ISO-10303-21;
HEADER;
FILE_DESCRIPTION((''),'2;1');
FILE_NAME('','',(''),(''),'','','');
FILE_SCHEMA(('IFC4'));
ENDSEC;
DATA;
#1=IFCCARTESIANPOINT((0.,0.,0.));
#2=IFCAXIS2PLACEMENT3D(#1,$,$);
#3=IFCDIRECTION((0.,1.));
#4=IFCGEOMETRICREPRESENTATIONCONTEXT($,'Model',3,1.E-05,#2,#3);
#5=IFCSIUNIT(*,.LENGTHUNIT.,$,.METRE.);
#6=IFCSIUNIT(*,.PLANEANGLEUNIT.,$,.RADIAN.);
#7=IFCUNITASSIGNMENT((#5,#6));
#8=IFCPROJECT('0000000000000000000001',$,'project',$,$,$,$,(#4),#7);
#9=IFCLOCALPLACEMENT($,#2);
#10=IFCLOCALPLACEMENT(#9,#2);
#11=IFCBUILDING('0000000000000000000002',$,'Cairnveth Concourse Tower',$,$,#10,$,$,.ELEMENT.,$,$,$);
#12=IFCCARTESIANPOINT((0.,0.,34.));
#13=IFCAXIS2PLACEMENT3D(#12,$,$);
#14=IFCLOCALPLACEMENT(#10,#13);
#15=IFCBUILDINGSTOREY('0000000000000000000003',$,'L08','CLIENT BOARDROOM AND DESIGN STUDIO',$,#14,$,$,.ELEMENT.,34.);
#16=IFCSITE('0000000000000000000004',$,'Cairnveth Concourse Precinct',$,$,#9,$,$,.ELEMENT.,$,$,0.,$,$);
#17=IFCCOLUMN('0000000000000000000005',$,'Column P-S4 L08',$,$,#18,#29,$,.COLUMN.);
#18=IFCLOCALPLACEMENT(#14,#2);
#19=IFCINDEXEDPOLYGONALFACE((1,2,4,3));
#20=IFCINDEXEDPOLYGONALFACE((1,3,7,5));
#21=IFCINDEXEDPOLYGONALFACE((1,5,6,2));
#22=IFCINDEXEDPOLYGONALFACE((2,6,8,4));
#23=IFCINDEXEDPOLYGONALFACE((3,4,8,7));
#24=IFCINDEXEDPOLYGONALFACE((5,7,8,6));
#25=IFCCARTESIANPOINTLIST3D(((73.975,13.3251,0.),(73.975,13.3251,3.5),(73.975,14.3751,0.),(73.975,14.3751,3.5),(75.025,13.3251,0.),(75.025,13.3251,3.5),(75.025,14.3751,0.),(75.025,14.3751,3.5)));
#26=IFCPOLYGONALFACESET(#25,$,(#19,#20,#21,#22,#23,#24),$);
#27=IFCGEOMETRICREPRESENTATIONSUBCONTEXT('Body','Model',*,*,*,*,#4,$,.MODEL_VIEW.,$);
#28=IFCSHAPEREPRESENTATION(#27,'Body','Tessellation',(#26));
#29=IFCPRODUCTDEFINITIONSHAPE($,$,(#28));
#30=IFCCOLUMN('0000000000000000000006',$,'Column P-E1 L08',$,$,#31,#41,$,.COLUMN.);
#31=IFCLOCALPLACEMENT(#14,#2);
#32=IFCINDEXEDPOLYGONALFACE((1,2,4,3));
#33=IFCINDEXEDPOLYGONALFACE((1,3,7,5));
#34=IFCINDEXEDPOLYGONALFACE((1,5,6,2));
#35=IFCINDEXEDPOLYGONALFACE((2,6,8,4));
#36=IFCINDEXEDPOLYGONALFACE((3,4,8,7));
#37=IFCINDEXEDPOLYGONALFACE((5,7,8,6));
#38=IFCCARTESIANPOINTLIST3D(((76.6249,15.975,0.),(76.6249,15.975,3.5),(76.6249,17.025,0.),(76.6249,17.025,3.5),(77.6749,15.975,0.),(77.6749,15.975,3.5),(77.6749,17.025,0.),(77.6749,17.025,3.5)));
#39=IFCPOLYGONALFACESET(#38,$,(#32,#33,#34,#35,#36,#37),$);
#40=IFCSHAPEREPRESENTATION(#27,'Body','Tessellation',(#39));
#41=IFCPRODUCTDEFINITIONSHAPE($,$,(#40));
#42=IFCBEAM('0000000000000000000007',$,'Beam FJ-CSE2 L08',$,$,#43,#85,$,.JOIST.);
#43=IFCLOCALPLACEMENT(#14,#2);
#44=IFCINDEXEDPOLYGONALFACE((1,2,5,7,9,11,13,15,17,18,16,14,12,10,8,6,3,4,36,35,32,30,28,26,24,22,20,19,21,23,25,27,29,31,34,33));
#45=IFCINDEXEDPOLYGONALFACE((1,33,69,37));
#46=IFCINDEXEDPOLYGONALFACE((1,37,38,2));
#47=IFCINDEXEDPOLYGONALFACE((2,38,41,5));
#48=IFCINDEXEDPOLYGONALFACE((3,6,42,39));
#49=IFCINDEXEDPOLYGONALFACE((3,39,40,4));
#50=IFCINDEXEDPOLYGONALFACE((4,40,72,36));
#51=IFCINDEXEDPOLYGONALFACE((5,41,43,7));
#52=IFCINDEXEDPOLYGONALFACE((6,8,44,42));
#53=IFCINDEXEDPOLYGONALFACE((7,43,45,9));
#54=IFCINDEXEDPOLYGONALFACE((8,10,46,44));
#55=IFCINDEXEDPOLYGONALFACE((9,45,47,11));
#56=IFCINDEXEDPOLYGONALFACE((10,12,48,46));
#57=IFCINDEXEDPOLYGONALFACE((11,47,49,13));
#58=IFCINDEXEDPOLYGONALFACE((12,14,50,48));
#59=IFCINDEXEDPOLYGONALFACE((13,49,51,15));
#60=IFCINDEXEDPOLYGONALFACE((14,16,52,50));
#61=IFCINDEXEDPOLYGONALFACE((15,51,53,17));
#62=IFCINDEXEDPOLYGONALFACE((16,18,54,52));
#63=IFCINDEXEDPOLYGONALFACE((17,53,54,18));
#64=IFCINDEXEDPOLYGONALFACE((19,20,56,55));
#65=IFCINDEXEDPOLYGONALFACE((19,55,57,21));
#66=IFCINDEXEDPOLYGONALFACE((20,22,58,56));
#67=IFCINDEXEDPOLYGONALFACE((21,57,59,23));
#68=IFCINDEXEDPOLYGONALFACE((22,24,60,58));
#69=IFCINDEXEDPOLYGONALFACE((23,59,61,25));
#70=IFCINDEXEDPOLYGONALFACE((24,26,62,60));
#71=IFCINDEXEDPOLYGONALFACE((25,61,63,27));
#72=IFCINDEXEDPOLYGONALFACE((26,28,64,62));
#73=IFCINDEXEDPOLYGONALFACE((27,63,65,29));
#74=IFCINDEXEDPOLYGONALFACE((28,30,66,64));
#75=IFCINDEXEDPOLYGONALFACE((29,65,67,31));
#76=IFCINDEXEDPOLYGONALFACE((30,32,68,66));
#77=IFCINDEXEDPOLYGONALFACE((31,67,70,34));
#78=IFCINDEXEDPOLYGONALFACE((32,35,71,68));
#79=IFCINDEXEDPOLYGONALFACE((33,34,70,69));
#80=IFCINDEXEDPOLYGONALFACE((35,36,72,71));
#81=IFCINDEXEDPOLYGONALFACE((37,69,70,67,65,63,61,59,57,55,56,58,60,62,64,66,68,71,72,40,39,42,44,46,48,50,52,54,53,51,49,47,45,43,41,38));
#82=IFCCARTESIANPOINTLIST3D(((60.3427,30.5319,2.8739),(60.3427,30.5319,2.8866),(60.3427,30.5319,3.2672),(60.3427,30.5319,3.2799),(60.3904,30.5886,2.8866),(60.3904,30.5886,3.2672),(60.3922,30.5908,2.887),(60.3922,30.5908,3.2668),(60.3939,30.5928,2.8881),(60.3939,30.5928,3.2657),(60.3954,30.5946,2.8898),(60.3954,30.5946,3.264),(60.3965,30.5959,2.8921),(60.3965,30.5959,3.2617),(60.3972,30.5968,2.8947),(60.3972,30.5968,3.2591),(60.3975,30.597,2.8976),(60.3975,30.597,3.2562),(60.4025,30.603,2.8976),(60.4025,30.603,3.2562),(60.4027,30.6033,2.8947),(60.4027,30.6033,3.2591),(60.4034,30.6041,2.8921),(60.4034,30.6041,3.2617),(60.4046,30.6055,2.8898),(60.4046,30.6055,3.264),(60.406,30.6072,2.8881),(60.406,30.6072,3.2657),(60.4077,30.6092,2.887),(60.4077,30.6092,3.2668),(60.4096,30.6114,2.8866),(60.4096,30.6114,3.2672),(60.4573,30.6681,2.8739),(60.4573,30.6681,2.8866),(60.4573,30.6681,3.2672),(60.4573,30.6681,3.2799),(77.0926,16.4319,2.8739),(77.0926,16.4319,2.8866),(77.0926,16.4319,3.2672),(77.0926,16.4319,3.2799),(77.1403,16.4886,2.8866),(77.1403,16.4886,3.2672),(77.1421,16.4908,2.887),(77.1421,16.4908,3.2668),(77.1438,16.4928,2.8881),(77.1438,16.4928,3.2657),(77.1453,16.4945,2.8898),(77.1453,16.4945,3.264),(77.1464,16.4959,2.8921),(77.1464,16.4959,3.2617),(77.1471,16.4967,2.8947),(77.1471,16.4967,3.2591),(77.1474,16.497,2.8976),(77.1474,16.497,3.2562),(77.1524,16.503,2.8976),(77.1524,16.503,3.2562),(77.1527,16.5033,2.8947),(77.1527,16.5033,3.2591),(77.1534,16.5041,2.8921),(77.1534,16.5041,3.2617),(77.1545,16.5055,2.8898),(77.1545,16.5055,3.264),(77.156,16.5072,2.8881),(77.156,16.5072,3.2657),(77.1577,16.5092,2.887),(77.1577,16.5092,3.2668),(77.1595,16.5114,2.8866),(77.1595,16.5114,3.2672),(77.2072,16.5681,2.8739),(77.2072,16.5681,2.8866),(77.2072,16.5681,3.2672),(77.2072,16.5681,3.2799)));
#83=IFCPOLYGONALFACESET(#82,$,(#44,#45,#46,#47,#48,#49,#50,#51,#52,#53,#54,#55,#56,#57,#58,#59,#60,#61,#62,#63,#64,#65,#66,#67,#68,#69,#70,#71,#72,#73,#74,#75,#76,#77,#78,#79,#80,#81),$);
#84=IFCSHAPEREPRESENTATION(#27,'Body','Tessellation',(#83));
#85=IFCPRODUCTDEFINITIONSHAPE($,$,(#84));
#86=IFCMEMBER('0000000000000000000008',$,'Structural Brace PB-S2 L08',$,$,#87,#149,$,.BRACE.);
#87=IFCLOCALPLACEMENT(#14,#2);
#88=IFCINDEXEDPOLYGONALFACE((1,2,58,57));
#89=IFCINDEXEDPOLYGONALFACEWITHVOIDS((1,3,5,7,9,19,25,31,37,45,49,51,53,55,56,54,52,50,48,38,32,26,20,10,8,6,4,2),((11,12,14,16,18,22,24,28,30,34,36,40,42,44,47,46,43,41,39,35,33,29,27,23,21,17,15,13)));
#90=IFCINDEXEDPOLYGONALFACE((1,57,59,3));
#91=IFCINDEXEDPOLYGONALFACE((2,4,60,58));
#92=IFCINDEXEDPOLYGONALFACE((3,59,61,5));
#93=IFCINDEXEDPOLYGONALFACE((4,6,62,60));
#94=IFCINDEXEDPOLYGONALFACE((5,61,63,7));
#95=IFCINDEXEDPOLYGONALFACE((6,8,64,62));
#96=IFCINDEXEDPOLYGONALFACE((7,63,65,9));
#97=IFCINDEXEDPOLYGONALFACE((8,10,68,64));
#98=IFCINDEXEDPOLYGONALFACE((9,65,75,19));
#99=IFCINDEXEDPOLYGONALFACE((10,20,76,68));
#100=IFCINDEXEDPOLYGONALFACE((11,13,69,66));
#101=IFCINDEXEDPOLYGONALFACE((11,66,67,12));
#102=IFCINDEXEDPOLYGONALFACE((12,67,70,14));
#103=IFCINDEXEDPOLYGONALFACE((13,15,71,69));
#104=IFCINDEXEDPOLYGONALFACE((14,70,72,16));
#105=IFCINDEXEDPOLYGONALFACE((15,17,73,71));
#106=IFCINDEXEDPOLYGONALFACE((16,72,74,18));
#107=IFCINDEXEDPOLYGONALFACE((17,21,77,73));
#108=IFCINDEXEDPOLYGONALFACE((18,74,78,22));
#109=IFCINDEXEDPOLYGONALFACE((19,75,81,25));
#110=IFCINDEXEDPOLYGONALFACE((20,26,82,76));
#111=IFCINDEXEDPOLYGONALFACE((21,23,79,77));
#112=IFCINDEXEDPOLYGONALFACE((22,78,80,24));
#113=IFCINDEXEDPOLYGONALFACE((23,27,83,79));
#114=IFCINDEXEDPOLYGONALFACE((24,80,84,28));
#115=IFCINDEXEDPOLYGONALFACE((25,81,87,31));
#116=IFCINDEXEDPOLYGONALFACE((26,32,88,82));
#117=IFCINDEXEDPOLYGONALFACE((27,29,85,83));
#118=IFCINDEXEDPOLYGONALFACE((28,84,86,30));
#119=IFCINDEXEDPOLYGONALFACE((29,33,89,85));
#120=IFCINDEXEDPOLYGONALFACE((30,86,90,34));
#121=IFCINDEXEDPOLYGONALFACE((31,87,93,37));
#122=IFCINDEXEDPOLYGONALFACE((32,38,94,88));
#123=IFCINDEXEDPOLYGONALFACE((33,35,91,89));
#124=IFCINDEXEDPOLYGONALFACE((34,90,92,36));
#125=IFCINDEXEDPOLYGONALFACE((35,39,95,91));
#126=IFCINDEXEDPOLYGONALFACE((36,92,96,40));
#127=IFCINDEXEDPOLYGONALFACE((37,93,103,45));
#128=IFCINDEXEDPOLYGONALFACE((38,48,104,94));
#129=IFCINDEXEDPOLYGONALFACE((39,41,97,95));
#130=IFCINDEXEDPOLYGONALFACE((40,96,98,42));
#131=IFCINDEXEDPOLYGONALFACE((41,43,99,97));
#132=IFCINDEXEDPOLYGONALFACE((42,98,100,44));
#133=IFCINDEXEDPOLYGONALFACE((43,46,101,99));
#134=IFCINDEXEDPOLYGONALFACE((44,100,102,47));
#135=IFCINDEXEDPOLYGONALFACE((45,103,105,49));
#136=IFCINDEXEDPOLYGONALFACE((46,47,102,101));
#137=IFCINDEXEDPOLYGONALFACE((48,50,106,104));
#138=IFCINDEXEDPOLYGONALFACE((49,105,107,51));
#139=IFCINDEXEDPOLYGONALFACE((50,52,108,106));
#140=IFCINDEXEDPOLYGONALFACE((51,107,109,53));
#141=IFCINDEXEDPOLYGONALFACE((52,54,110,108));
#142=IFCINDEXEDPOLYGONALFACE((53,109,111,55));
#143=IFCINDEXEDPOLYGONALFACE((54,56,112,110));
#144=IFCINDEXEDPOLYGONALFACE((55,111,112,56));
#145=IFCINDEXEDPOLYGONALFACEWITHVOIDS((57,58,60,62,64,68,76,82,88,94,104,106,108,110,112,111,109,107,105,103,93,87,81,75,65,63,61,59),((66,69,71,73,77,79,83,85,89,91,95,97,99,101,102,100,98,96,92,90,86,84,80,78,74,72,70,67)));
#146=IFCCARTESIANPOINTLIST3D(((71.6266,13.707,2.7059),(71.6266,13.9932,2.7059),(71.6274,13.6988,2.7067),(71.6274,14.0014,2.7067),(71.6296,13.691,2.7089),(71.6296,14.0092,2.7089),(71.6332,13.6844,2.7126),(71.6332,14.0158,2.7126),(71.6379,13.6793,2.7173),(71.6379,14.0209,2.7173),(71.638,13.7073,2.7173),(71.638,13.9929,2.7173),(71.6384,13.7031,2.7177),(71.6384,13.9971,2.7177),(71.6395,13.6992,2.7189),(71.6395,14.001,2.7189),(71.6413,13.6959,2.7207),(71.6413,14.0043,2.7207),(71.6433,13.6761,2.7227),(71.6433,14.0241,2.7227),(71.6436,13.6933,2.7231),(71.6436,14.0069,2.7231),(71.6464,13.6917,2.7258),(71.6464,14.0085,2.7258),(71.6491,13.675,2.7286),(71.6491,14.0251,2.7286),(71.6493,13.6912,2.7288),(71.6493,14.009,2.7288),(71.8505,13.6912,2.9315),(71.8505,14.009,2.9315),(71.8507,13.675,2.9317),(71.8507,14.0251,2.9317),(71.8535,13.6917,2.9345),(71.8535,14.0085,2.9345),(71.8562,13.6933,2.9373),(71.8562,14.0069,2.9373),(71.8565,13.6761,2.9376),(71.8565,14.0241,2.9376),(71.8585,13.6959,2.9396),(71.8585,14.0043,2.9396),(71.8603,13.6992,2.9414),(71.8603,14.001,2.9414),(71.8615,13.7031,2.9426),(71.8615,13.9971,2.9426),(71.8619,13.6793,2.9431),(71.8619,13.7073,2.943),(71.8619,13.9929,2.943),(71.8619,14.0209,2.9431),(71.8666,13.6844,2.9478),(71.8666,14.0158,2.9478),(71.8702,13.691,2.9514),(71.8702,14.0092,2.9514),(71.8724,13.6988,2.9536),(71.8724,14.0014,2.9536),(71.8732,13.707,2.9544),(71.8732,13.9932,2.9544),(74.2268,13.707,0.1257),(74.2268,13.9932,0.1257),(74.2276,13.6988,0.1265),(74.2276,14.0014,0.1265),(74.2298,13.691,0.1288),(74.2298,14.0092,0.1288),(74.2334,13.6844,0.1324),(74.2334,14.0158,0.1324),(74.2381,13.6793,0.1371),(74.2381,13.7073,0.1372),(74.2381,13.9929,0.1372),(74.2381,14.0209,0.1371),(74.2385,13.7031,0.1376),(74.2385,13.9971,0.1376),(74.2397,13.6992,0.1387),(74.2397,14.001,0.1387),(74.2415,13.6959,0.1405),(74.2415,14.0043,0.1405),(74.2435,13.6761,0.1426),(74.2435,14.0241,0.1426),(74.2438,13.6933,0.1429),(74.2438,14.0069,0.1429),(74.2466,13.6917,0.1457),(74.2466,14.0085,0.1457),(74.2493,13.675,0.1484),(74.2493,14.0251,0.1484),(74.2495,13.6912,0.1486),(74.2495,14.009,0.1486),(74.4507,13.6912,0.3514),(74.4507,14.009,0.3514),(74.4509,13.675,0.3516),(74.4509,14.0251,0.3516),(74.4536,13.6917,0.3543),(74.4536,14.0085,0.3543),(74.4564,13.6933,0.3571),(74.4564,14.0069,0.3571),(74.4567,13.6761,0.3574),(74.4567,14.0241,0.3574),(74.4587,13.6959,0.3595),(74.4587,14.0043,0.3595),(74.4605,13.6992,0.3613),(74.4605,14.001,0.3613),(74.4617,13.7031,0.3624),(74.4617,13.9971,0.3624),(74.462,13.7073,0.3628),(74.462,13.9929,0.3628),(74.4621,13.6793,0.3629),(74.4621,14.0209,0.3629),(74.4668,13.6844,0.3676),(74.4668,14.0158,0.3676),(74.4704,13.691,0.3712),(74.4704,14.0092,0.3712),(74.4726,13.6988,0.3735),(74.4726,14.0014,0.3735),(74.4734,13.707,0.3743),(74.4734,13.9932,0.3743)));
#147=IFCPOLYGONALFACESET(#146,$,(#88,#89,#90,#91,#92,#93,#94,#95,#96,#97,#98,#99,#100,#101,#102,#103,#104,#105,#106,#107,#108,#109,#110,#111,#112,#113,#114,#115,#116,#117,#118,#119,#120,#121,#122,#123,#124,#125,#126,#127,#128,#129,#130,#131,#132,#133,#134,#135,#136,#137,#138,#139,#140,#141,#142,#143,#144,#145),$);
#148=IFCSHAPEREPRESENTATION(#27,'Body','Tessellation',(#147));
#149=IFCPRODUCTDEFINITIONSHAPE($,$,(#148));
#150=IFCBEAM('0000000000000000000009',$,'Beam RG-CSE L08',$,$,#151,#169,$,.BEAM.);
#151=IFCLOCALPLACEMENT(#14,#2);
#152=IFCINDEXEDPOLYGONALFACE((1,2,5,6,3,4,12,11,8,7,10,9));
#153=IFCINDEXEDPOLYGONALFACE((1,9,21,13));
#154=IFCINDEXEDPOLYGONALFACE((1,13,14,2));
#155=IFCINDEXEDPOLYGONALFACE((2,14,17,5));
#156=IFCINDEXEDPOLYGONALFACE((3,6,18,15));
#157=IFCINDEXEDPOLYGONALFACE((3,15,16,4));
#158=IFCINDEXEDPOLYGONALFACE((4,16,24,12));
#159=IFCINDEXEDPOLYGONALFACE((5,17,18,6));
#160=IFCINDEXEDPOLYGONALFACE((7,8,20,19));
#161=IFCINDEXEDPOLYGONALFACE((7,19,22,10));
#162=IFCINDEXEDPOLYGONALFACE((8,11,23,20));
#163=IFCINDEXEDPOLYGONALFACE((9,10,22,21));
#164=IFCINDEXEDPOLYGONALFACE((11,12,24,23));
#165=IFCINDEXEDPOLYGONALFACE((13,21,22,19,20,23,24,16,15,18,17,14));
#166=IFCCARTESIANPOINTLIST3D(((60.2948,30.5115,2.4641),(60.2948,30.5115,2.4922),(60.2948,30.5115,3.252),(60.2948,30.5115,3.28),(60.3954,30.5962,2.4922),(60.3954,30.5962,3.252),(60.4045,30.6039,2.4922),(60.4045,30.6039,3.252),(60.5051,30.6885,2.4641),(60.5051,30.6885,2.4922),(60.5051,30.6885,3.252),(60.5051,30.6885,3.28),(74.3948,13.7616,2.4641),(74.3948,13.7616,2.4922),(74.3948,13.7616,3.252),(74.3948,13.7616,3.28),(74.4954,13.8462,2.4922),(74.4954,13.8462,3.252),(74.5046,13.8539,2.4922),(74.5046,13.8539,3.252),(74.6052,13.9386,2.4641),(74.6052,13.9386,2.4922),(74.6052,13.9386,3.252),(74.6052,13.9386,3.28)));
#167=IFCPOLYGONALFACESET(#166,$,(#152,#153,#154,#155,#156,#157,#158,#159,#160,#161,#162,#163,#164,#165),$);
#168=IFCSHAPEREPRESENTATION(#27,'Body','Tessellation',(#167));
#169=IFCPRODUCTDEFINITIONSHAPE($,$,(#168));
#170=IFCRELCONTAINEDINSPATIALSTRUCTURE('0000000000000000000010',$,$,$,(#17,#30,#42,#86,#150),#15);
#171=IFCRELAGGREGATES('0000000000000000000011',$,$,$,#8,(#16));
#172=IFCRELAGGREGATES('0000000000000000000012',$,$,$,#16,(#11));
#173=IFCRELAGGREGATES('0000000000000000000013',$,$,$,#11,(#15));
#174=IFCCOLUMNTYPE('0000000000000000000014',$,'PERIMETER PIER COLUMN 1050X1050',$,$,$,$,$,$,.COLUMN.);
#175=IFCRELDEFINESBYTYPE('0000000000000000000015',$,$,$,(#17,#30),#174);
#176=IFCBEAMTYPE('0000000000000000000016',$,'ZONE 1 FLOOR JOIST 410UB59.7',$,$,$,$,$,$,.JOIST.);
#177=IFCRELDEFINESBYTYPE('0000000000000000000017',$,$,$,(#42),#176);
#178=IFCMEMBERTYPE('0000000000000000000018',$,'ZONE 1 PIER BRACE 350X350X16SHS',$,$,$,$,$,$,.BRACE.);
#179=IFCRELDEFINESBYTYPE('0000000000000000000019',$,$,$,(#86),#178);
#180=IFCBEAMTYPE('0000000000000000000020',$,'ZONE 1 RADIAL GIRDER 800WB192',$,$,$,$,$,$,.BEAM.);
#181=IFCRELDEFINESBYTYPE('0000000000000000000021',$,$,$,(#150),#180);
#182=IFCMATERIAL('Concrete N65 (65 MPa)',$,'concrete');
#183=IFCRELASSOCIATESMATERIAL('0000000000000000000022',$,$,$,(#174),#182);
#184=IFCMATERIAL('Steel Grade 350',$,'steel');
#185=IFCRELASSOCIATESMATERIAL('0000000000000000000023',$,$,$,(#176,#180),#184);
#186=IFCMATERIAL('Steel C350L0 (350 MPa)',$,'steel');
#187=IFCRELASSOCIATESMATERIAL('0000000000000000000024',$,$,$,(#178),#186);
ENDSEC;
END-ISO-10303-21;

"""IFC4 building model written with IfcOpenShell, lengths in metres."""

from ifc_helpers import new_model, si_unit, direction, frame, origin, origin_2d, place, context, subcontext, project, spatial, rectangle, hollow_rectangle, i_section, extrude, material, material_profile, profile_set, type_object, element, save


model = new_model("IFC4")

# Units and contexts
model_context = context("Model", 3, precision=1e-05, world=origin(), true_north=direction((0.0, 1.0)))
body_context = subcontext(model_context, "Body", "Model", "MODEL_VIEW")
ifc_project = project(units=[si_unit("LENGTHUNIT", "METRE"), si_unit("PLANEANGLEUNIT", "RADIAN")], contexts=[model_context])

# Site, building, storey
site_placement = place(None, origin())
site = spatial("IfcSite", under=ifc_project, at=site_placement, Name="Cairnveth Concourse Precinct", CompositionType="ELEMENT", RefElevation=0.0)
building_placement = place(site_placement, origin())
building = spatial("IfcBuilding", under=site, at=building_placement, Name="Cairnveth Concourse Tower", CompositionType="ELEMENT")
storey_placement = place(building_placement, frame((0.0, 0.0, 34.0)))
storey = spatial("IfcBuildingStorey", under=building, at=storey_placement, Name="L08", Description="CLIENT BOARDROOM AND DESIGN STUDIO", CompositionType="ELEMENT", Elevation=34.0)

# Columns
ifc_material_1 = material(Name="Concrete N65 (65 MPa)", Category="concrete")
ifc_material_profile_1 = material_profile(ifc_material_1, rectangle(XDim=1.05, YDim=1.05, at=origin_2d()), Name="RC-COL-1050x1050")
ifc_profile_set_1 = profile_set([ifc_material_profile_1], Name="Concrete N65 (65 MPa)")
column_type = type_object("IfcColumnType", Name="PERIMETER PIER COLUMN 1050X1050", PredefinedType="COLUMN", material=ifc_profile_set_1)
for number, where, z_axis, x_axis, name in (
    (1, (74.5, 13.8501, 0.0), (0.0, 0.0, 1.0), (1.0, 0.0, 0.0), "Column P-S4 L08"),
    (2, (77.1499, 16.5, 0.0), (0.0, 0.0, 1.0), (0.0, 1.0, 0.0), "Column P-E1 L08"),
):
    element("IfcColumn", number, at=place(storey_placement, frame(where, z_axis=z_axis, x_axis=x_axis)), inside=storey, type_object=column_type, Name=name, PredefinedType="COLUMN", context=body_context, shape_type="SweptSolid", body=[
        extrude(rectangle(XDim=1.05, YDim=1.05, at=origin_2d()), origin(), (0.0, 0.0, 1.0), 3.5),
    ])

# Beam
ifc_material_2 = material(Name="Steel Grade 350", Category="steel")
ifc_material_profile_2 = material_profile(ifc_material_2, i_section(OverallWidth=0.178, OverallDepth=0.406, WebThickness=0.0078, FlangeThickness=0.0127, FilletRadius=0.011, at=origin_2d()), Name="410UB59.7")
ifc_profile_set_2 = profile_set([ifc_material_profile_2], Name="Steel Grade 350")
beam_type_1 = type_object("IfcBeamType", Name="ZONE 1 FLOOR JOIST 410UB59.7", PredefinedType="JOIST", material=ifc_profile_set_2)
beam_1_placement = place(storey_placement, frame((77.1499, 16.5, 3.0769), z_axis=(-0.765027, 0.643998, 0.0), x_axis=(-0.643998, -0.765027, 0.0)))
element("IfcBeam", 3, at=beam_1_placement, inside=storey, type_object=beam_type_1, Name="Beam FJ-CSE2 L08", PredefinedType="JOIST", context=body_context, shape_type="SweptSolid", body=[
    extrude(i_section(OverallWidth=0.178, OverallDepth=0.406, WebThickness=0.0078, FlangeThickness=0.0127, FilletRadius=0.011, at=origin_2d()), origin(), (0.0, 0.0, 1.0), 21.8945),
])

# Member
ifc_material_3 = material(Name="Steel C350L0 (350 MPa)", Category="steel")
ifc_material_profile_3 = material_profile(ifc_material_3, hollow_rectangle(XDim=0.3501, YDim=0.3501, WallThickness=0.0161, InnerFilletRadius=0.0161, OuterFilletRadius=0.032, at=origin_2d()), Name="350x350x16.0SHS")
ifc_profile_set_3 = profile_set([ifc_material_profile_3], Name="Steel C350L0 (350 MPa)")
member_type = type_object("IfcMemberType", Name="ZONE 1 PIER BRACE 350X350X16SHS", PredefinedType="BRACE", material=ifc_profile_set_3)
member_placement = place(storey_placement, frame((74.3501, 13.8501, 0.25), z_axis=(-0.709834, 0.0, 0.704369), x_axis=(0.0, -1.0, 0.0)))
element("IfcMember", 4, at=member_placement, inside=storey, type_object=member_type, Name="Structural Brace PB-S2 L08", PredefinedType="BRACE", context=body_context, shape_type="SweptSolid", body=[
    extrude(hollow_rectangle(XDim=0.3501, YDim=0.3501, WallThickness=0.0161, InnerFilletRadius=0.0161, OuterFilletRadius=0.032, at=origin_2d()), origin(), (0.0, 0.0, 1.0), 3.6631),
])

# Beam
ifc_material_profile_4 = material_profile(ifc_material_2, i_section(OverallWidth=0.2749, OverallDepth=0.8159, WebThickness=0.012, FlangeThickness=0.0281, at=origin_2d()), Name="800WB192")
ifc_profile_set_4 = profile_set([ifc_material_profile_4], Name="Steel Grade 350")
beam_type_2 = type_object("IfcBeamType", Name="ZONE 1 RADIAL GIRDER 800WB192", PredefinedType="BEAM", material=ifc_profile_set_4)
beam_2_placement = place(storey_placement, frame((74.5, 13.8501, 2.8721), z_axis=(-0.643998, 0.765027, 0.0), x_axis=(-0.765027, -0.643998, 0.0)))
element("IfcBeam", 5, at=beam_2_placement, inside=storey, type_object=beam_type_2, Name="Beam RG-CSE L08", PredefinedType="BEAM", context=body_context, shape_type="SweptSolid", body=[
    extrude(i_section(OverallWidth=0.2749, OverallDepth=0.8159, WebThickness=0.012, FlangeThickness=0.0281, at=origin_2d()), origin(), (0.0, 0.0, 1.0), 21.8945),
])

save(model, "model.ifc")
